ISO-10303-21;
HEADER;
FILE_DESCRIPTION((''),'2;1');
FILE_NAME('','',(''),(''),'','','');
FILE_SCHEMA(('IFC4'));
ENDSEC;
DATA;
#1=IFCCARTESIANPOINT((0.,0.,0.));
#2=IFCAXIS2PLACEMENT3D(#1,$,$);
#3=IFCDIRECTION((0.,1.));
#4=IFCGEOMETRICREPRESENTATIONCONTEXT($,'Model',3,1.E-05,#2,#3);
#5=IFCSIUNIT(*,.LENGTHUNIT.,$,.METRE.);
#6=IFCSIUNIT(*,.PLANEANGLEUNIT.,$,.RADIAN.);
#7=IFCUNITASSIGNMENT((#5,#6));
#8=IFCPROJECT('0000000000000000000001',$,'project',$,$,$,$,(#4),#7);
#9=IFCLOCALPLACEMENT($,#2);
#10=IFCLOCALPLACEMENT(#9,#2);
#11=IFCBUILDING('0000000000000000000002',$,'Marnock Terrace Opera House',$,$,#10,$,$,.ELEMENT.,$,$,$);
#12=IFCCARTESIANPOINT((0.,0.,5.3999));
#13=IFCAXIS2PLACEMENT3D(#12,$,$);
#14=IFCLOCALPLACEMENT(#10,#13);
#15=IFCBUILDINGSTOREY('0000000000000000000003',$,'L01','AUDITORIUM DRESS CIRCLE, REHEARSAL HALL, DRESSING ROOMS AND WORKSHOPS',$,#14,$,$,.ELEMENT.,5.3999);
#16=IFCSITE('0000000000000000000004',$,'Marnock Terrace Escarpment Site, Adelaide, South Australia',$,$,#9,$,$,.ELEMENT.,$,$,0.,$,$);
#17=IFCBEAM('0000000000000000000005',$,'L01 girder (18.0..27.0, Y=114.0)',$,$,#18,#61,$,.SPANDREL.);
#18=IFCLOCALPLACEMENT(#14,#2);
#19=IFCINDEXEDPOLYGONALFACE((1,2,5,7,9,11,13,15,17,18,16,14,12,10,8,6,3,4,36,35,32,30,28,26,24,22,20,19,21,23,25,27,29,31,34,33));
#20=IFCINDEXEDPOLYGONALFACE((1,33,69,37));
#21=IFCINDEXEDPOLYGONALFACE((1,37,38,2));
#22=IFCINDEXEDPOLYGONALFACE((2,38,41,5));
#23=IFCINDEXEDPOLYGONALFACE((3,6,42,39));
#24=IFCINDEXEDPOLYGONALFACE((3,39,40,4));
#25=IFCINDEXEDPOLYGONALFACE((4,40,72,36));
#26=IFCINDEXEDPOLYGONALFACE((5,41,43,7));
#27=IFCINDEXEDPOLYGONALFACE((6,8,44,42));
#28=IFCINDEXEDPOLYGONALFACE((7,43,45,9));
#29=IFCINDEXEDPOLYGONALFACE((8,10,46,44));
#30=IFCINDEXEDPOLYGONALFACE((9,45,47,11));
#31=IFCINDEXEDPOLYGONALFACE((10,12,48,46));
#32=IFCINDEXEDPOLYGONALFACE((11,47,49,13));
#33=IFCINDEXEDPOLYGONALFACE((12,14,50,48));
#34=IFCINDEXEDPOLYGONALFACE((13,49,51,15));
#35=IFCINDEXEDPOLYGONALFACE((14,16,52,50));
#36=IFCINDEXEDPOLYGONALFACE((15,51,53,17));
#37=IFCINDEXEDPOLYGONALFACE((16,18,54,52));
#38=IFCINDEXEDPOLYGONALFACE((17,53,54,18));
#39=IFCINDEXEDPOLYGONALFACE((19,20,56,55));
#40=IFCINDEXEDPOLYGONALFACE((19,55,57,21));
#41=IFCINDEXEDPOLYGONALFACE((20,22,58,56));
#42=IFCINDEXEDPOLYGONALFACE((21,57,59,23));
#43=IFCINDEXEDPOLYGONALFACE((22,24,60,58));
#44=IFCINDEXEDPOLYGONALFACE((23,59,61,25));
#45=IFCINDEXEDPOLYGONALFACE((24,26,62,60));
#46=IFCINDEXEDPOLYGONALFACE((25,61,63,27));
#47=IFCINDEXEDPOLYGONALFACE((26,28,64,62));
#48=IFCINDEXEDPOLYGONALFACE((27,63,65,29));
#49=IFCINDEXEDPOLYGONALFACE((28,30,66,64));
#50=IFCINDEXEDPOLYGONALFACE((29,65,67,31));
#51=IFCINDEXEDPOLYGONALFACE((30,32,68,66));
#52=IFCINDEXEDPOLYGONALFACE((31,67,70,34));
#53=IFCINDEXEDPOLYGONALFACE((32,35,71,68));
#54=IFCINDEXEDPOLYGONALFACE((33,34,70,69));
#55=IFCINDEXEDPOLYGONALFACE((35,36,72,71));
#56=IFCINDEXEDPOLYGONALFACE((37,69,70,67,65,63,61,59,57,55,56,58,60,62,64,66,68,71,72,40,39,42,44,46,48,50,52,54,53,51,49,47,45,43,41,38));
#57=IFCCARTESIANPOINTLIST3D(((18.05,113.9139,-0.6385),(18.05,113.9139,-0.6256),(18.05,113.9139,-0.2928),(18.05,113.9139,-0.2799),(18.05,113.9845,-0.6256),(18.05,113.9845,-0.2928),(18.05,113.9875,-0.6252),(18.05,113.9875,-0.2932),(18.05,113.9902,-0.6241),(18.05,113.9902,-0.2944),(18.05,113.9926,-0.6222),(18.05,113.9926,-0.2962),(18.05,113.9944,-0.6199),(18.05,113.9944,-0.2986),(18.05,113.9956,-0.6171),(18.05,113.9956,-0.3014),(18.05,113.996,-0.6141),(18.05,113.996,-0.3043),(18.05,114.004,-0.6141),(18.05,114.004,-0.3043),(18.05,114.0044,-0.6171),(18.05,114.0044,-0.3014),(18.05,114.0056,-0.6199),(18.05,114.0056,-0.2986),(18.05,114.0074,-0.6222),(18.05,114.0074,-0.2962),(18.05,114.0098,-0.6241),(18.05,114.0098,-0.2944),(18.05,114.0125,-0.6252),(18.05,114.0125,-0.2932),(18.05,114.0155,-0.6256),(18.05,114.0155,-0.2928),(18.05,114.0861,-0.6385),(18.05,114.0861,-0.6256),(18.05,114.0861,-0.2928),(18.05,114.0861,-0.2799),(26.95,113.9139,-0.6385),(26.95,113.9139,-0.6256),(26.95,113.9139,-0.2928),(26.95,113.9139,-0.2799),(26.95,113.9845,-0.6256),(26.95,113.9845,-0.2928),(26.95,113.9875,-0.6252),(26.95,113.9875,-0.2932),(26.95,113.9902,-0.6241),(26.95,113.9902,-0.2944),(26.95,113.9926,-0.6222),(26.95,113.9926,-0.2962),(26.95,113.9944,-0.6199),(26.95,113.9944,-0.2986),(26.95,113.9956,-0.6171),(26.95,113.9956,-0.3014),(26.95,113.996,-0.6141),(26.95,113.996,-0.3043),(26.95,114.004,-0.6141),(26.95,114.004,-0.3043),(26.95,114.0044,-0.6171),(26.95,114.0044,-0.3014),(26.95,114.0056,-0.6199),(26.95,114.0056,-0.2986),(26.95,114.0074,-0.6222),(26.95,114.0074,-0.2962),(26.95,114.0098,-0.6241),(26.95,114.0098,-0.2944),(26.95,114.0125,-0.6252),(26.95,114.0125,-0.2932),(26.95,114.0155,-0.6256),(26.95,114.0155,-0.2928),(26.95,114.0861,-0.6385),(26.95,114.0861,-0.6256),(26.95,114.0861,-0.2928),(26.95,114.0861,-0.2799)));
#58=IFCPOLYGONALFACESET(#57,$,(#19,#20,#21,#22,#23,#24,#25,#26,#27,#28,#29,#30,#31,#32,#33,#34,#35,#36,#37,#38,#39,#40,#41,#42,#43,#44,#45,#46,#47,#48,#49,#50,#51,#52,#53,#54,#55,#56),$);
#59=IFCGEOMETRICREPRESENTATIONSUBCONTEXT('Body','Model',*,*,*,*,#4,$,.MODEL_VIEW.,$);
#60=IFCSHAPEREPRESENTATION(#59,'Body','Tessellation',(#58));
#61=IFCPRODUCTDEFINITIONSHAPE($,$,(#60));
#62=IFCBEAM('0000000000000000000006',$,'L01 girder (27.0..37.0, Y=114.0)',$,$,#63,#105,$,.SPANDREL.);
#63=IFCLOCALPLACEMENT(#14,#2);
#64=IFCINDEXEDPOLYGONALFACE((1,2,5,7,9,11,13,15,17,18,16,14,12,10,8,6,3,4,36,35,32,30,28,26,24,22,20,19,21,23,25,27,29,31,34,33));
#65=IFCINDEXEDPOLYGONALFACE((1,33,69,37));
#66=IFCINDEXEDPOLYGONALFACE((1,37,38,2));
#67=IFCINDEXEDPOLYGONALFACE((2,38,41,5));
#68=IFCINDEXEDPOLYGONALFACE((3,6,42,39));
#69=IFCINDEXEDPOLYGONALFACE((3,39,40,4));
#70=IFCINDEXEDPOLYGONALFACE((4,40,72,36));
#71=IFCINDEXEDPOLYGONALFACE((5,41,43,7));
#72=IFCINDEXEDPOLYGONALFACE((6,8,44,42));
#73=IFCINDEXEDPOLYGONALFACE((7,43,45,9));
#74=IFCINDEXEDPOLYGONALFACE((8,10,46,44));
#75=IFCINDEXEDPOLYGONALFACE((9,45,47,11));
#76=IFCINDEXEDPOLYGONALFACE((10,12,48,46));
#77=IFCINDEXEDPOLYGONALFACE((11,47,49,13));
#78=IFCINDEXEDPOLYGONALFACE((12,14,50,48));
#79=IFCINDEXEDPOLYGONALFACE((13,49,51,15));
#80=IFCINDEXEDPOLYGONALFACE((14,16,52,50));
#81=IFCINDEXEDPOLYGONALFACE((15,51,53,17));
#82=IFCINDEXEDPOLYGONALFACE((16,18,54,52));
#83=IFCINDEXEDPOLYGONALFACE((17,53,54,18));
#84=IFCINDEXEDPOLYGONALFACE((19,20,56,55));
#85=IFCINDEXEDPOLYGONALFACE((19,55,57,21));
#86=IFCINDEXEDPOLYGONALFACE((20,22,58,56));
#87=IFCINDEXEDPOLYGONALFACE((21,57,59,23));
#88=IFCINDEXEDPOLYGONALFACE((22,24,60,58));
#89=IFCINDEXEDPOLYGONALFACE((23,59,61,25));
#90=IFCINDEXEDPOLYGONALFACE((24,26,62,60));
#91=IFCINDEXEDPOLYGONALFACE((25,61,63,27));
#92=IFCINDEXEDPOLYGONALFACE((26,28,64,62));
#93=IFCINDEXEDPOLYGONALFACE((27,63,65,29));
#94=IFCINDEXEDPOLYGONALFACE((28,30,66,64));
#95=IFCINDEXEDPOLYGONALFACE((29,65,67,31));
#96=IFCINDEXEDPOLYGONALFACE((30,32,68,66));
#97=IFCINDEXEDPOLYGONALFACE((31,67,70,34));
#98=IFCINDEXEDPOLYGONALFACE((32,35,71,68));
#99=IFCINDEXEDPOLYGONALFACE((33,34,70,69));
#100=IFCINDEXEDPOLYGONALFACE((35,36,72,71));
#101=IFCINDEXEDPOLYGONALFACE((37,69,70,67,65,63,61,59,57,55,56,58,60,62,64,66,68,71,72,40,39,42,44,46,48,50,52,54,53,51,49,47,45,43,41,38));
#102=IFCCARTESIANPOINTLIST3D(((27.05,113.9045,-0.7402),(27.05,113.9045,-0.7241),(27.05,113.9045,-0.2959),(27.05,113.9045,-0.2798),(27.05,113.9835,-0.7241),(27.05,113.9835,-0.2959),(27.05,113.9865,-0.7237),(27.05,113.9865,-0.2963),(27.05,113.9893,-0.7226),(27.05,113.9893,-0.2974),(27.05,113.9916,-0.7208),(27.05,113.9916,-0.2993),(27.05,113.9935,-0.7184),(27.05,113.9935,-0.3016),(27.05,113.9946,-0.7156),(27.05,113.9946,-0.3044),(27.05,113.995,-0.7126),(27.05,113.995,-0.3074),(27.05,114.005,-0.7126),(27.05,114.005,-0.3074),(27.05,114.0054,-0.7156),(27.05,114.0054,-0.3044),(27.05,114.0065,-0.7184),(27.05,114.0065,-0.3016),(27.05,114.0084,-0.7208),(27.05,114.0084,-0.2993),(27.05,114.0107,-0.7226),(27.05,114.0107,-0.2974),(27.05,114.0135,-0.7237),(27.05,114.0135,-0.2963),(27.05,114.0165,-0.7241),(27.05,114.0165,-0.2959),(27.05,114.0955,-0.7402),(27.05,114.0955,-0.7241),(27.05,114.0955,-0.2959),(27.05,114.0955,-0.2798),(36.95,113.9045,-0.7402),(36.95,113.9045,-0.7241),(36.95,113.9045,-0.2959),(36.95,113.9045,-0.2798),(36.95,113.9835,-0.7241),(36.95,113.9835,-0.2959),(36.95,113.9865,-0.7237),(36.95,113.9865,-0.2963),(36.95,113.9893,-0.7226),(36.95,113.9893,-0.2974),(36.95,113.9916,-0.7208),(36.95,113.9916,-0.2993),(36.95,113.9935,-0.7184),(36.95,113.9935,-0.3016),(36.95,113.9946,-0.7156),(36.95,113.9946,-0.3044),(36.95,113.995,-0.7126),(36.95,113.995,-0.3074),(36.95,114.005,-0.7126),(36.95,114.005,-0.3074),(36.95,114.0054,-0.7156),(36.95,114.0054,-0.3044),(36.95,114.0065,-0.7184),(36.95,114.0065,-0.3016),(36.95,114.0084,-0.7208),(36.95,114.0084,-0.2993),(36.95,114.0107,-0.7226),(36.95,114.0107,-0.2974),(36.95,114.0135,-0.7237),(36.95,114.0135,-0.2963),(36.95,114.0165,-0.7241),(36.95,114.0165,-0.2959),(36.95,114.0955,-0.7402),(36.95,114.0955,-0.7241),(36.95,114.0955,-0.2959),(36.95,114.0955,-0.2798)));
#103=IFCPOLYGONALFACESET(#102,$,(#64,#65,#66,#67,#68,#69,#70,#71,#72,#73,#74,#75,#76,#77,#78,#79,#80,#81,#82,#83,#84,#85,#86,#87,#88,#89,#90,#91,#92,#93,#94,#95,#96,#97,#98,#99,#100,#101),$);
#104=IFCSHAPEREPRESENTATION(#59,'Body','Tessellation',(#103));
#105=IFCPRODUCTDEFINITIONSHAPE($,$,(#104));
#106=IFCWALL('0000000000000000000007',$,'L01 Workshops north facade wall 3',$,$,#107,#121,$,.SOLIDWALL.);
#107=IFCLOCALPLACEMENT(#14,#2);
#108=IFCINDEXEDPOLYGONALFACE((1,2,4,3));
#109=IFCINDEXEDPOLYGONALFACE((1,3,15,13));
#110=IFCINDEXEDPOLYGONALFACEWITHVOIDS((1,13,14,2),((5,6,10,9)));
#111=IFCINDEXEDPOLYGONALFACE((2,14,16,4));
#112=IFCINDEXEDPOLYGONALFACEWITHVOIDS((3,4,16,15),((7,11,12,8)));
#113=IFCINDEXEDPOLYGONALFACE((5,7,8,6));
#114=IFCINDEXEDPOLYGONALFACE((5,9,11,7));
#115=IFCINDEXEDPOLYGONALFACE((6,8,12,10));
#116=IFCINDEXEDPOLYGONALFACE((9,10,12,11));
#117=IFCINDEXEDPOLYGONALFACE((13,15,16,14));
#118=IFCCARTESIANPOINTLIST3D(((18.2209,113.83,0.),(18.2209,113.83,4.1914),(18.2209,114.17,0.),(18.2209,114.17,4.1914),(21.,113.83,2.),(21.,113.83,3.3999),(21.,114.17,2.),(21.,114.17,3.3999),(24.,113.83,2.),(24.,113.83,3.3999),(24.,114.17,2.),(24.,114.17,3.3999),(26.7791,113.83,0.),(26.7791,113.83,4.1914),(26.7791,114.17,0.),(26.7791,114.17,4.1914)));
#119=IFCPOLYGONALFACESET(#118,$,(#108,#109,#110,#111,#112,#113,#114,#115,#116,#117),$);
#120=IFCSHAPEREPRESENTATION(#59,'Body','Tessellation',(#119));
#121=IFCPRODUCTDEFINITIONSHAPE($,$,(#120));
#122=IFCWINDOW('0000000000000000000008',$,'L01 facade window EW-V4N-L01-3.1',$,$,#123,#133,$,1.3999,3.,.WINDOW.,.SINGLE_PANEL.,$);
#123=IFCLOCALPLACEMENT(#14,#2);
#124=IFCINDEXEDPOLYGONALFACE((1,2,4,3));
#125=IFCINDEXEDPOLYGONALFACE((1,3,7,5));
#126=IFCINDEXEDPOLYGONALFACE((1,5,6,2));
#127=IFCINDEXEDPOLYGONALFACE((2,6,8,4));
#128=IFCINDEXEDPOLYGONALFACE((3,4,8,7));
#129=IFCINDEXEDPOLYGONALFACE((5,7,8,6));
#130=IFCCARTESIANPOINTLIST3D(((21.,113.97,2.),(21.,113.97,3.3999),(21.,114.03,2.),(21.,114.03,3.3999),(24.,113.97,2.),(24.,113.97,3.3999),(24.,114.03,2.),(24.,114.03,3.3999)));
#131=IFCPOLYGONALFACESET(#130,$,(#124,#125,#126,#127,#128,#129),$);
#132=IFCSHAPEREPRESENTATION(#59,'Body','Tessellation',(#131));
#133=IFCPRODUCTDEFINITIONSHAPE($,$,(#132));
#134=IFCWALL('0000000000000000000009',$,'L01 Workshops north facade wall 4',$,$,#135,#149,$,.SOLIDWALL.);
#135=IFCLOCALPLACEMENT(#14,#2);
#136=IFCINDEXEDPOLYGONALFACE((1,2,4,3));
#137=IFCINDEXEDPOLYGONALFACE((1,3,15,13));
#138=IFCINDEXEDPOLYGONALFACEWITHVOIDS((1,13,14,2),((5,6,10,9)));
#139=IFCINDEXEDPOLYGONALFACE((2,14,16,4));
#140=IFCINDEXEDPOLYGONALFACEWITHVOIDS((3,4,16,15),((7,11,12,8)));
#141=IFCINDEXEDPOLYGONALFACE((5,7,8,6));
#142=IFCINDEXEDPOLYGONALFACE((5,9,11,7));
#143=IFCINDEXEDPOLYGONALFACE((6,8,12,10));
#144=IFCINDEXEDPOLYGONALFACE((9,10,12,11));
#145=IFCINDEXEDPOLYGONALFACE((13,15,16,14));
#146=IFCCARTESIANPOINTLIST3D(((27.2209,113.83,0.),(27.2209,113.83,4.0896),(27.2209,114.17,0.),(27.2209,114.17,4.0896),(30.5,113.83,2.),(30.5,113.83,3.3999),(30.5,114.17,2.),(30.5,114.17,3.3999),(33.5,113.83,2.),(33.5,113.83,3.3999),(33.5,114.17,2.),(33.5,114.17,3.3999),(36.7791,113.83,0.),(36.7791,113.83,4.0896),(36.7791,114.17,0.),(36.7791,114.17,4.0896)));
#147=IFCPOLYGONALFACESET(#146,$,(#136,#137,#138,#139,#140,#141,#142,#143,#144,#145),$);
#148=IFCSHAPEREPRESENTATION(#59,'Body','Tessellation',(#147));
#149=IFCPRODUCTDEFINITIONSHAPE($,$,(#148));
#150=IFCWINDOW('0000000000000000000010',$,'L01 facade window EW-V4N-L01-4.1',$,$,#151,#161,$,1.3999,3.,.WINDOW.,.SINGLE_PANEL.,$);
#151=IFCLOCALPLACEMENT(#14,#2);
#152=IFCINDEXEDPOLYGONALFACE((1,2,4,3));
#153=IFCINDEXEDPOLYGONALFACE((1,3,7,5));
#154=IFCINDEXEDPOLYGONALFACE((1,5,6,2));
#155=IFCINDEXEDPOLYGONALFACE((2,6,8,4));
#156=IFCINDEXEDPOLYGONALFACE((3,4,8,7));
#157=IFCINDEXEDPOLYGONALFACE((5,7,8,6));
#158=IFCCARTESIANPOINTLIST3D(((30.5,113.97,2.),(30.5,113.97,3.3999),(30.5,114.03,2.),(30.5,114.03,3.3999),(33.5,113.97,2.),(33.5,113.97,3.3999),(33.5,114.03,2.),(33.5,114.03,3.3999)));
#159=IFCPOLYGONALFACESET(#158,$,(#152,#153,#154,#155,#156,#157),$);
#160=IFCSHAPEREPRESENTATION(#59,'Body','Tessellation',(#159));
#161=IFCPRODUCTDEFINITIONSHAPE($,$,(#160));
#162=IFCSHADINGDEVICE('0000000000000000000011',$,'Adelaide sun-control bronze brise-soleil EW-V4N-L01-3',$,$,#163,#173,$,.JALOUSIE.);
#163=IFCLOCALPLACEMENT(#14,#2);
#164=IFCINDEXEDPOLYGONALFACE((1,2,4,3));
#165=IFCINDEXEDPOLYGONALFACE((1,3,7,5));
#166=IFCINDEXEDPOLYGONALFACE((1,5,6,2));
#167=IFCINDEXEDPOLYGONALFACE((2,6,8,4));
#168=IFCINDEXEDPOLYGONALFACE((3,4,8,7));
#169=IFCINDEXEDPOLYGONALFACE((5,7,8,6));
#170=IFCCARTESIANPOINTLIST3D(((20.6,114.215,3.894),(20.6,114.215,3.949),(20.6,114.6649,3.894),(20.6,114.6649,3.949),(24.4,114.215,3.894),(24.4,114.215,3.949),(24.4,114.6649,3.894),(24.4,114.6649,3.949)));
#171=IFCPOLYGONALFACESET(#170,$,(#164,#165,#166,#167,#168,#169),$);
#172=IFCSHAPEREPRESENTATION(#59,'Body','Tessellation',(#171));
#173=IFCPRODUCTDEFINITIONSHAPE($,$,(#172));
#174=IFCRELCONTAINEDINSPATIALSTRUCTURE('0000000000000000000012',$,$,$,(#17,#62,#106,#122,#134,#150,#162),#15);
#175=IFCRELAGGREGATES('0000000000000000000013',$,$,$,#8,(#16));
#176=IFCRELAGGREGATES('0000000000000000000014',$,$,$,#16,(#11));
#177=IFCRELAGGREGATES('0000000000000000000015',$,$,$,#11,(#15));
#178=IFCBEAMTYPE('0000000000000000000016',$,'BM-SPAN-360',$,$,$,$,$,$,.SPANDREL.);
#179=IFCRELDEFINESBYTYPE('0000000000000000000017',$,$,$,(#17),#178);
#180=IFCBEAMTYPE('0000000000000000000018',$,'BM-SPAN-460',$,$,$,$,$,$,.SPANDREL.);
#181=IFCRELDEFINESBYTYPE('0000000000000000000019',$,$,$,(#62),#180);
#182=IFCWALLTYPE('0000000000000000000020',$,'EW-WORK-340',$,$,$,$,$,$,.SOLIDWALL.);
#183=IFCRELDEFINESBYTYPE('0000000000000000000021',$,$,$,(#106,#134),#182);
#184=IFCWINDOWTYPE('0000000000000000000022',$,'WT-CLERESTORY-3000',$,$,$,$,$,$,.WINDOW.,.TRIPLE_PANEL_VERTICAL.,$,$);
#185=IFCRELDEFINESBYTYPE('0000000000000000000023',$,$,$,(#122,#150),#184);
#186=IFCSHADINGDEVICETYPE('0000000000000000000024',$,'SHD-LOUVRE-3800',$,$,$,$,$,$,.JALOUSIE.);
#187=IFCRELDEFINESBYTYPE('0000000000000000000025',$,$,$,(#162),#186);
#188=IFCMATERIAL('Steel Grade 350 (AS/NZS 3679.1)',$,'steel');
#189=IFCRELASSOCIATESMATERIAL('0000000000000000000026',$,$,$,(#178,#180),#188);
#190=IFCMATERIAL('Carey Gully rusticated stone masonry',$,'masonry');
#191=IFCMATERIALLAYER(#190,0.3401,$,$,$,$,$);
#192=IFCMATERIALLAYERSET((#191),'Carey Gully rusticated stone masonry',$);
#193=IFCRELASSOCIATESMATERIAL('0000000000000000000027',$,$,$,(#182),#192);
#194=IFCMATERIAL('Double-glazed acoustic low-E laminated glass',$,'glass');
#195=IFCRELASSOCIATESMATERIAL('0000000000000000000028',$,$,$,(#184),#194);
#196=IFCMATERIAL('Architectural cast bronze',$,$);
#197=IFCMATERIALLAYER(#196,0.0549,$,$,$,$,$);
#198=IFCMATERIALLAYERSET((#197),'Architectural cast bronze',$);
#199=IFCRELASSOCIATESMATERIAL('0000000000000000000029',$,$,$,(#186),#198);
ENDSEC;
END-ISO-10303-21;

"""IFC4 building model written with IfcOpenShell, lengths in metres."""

from ifc_helpers import new_model, si_unit, direction, frame, frame_2d, origin, origin_2d, place, context, subcontext, project, spatial, rectangle, i_section, extrude, material, layer, layer_set, material_profile, profile_set, type_object, element, fill, save


model = new_model("IFC4")

# Units and contexts
model_context = context("Model", 3, precision=1e-05, world=origin(), true_north=direction((0.0, 1.0)))
body_context = subcontext(model_context, "Body", "Model", "MODEL_VIEW")
ifc_project = project(units=[si_unit("LENGTHUNIT", "METRE"), si_unit("PLANEANGLEUNIT", "RADIAN")], contexts=[model_context])

# Site, building, storey
site_placement = place(None, origin())
site = spatial("IfcSite", under=ifc_project, at=site_placement, Name="Marnock Terrace Escarpment Site, Adelaide, South Australia", CompositionType="ELEMENT", RefElevation=0.0)
building_placement = place(site_placement, origin())
building = spatial("IfcBuilding", under=site, at=building_placement, Name="Marnock Terrace Opera House", CompositionType="ELEMENT")
storey_placement = place(building_placement, frame((0.0, 0.0, 5.3999)))
storey = spatial("IfcBuildingStorey", under=building, at=storey_placement, Name="L01", Description="AUDITORIUM DRESS CIRCLE, REHEARSAL HALL, DRESSING ROOMS AND WORKSHOPS", CompositionType="ELEMENT", Elevation=5.3999)

# Beams
ifc_material_1 = material(Name="Steel Grade 350 (AS/NZS 3679.1)", Category="steel")
ifc_material_profile_1 = material_profile(ifc_material_1, i_section(OverallWidth=0.1721, OverallDepth=0.3586, WebThickness=0.0081, FlangeThickness=0.0129, FilletRadius=0.0115, at=origin_2d()))
ifc_profile_set_1 = profile_set([ifc_material_profile_1], Name="Steel Grade 350 (AS/NZS 3679.1)")
beam_type_1 = type_object("IfcBeamType", Name="BM-SPAN-360", PredefinedType="SPANDREL", material=ifc_profile_set_1)
beam_1_placement = place(storey_placement, frame((18.05, 114.0, -0.4592), z_axis=(1.0, 0.0, 0.0), x_axis=(0.0, 1.0, 0.0)))
element("IfcBeam", 1, at=beam_1_placement, inside=storey, type_object=beam_type_1, Name="L01 girder (18.0..27.0, Y=114.0)", PredefinedType="SPANDREL", context=body_context, shape_type="SweptSolid", body=[
    extrude(i_section(OverallWidth=0.1721, OverallDepth=0.3586, WebThickness=0.0081, FlangeThickness=0.0129, FilletRadius=0.0115, at=origin_2d()), origin(), (0.0, 0.0, 1.0), 8.8999),
])
ifc_material_profile_2 = material_profile(ifc_material_1, i_section(OverallWidth=0.1909, OverallDepth=0.4604, WebThickness=0.01, FlangeThickness=0.0161, FilletRadius=0.0115, at=origin_2d()))
ifc_profile_set_2 = profile_set([ifc_material_profile_2], Name="Steel Grade 350 (AS/NZS 3679.1)")
beam_type_2 = type_object("IfcBeamType", Name="BM-SPAN-460", PredefinedType="SPANDREL", material=ifc_profile_set_2)
beam_2_placement = place(storey_placement, frame((27.05, 114.0, -0.51), z_axis=(1.0, 0.0, 0.0), x_axis=(0.0, 1.0, 0.0)))
element("IfcBeam", 2, at=beam_2_placement, inside=storey, type_object=beam_type_2, Name="L01 girder (27.0..37.0, Y=114.0)", PredefinedType="SPANDREL", context=body_context, shape_type="SweptSolid", body=[
    extrude(i_section(OverallWidth=0.1909, OverallDepth=0.4604, WebThickness=0.01, FlangeThickness=0.0161, FilletRadius=0.0115, at=origin_2d()), origin(), (0.0, 0.0, 1.0), 9.8999),
])

# Walls, openings, windows
ifc_material_2 = material(Name="Carey Gully rusticated stone masonry", Category="masonry")
ifc_layer_1 = layer(ifc_material_2, 0.3401)
ifc_layer_set_1 = layer_set([ifc_layer_1], Name="Carey Gully rusticated stone masonry")
wall_type = type_object("IfcWallType", Name="EW-WORK-340", PredefinedType="SOLIDWALL", material=ifc_layer_set_1)
wall_1_placement = place(storey_placement, frame((18.2209, 114.0, 0.0), z_axis=(0.0, 0.0, 1.0), x_axis=(1.0, 0.0, 0.0)))
wall_1 = element("IfcWall", 3, at=wall_1_placement, inside=storey, type_object=wall_type, Name="L01 Workshops north facade wall 3", PredefinedType="SOLIDWALL", context=body_context, shape_type="SweptSolid", body=[
    extrude(rectangle(XDim=8.5581, YDim=0.3401, at=frame_2d((4.2791, 0.0))), origin(), (0.0, 0.0, 1.0), 4.1914),
])
opening_1_placement = place(wall_1_placement, frame((2.7791, 0.0, 2.0)))
opening_1 = element("IfcOpeningElement", 4, at=opening_1_placement, cuts=wall_1, PredefinedType="OPENING", context=body_context, shape_type="SweptSolid", body=[
    extrude(rectangle(XDim=3.0, YDim=1.3999, at=frame_2d((1.5, 0.7))), frame((0.0, 0.1799, 0.0), z_axis=(0.0, -1.0, 0.0), x_axis=(1.0, 0.0, 0.0)), (0.0, 0.0, 1.0), 0.3601),
])
ifc_material_3 = material(Name="Double-glazed acoustic low-E laminated glass", Category="glass")
window_type = type_object("IfcWindowType", Name="WT-CLERESTORY-3000", PartitioningType="TRIPLE_PANEL_VERTICAL", PredefinedType="WINDOW", material=ifc_material_3)
window_1_placement = place(opening_1_placement, origin())
window_1 = element("IfcWindow", 5, at=window_1_placement, inside=storey, type_object=window_type, Name="L01 facade window EW-V4N-L01-3.1", OverallHeight=1.3999, OverallWidth=3.0, PartitioningType="SINGLE_PANEL", PredefinedType="WINDOW", context=body_context, shape_type="SweptSolid", body=[
    extrude(rectangle(XDim=3.0, YDim=1.3999, at=frame_2d((1.5, 0.7))), frame((0.0, 0.03, 0.0), z_axis=(0.0, -1.0, 0.0), x_axis=(1.0, 0.0, 0.0)), (0.0, 0.0, 1.0), 0.0601),
])
fill(opening_1, window_1)
wall_2_placement = place(storey_placement, frame((27.2209, 114.0, 0.0), z_axis=(0.0, 0.0, 1.0), x_axis=(1.0, 0.0, 0.0)))
wall_2 = element("IfcWall", 6, at=wall_2_placement, inside=storey, type_object=wall_type, Name="L01 Workshops north facade wall 4", PredefinedType="SOLIDWALL", context=body_context, shape_type="SweptSolid", body=[
    extrude(rectangle(XDim=9.5581, YDim=0.3401, at=frame_2d((4.7791, 0.0))), origin(), (0.0, 0.0, 1.0), 4.0896),
])
opening_2_placement = place(wall_2_placement, frame((3.2791, 0.0, 2.0)))
opening_2 = element("IfcOpeningElement", 7, at=opening_2_placement, cuts=wall_2, PredefinedType="OPENING", context=body_context, shape_type="SweptSolid", body=[
    extrude(rectangle(XDim=3.0, YDim=1.3999, at=frame_2d((1.5, 0.7))), frame((0.0, 0.1799, 0.0), z_axis=(0.0, -1.0, 0.0), x_axis=(1.0, 0.0, 0.0)), (0.0, 0.0, 1.0), 0.3601),
])
window_2_placement = place(opening_2_placement, origin())
window_2 = element("IfcWindow", 8, at=window_2_placement, inside=storey, type_object=window_type, Name="L01 facade window EW-V4N-L01-4.1", OverallHeight=1.3999, OverallWidth=3.0, PartitioningType="SINGLE_PANEL", PredefinedType="WINDOW", context=body_context, shape_type="SweptSolid", body=[
    extrude(rectangle(XDim=3.0, YDim=1.3999, at=frame_2d((1.5, 0.7))), frame((0.0, 0.03, 0.0), z_axis=(0.0, -1.0, 0.0), x_axis=(1.0, 0.0, 0.0)), (0.0, 0.0, 1.0), 0.0601),
])
fill(opening_2, window_2)

# Shading device
ifc_material_4 = material(Name="Architectural cast bronze")
ifc_layer_2 = layer(ifc_material_4, 0.0549)
ifc_layer_set_2 = layer_set([ifc_layer_2], Name="Architectural cast bronze")
shading_device_type = type_object("IfcShadingDeviceType", Name="SHD-LOUVRE-3800", PredefinedType="JALOUSIE", material=ifc_layer_set_2)
for number, where, z_axis, x_axis, name in (
    (9, (22.5, 114.4399, 3.894), (0.0, 0.0, 1.0), (1.0, 0.0, 0.0), "Adelaide sun-control bronze brise-soleil EW-V4N-L01-3"),
):
    element("IfcShadingDevice", number, at=place(storey_placement, frame(where, z_axis=z_axis, x_axis=x_axis)), inside=storey, type_object=shading_device_type, Name=name, PredefinedType="JALOUSIE", context=body_context, shape_type="SweptSolid", body=[
        extrude(rectangle(XDim=3.8, YDim=0.45, at=origin_2d()), origin(), (0.0, 0.0, 1.0), 0.0549),
    ])

save(model, "model.ifc")
